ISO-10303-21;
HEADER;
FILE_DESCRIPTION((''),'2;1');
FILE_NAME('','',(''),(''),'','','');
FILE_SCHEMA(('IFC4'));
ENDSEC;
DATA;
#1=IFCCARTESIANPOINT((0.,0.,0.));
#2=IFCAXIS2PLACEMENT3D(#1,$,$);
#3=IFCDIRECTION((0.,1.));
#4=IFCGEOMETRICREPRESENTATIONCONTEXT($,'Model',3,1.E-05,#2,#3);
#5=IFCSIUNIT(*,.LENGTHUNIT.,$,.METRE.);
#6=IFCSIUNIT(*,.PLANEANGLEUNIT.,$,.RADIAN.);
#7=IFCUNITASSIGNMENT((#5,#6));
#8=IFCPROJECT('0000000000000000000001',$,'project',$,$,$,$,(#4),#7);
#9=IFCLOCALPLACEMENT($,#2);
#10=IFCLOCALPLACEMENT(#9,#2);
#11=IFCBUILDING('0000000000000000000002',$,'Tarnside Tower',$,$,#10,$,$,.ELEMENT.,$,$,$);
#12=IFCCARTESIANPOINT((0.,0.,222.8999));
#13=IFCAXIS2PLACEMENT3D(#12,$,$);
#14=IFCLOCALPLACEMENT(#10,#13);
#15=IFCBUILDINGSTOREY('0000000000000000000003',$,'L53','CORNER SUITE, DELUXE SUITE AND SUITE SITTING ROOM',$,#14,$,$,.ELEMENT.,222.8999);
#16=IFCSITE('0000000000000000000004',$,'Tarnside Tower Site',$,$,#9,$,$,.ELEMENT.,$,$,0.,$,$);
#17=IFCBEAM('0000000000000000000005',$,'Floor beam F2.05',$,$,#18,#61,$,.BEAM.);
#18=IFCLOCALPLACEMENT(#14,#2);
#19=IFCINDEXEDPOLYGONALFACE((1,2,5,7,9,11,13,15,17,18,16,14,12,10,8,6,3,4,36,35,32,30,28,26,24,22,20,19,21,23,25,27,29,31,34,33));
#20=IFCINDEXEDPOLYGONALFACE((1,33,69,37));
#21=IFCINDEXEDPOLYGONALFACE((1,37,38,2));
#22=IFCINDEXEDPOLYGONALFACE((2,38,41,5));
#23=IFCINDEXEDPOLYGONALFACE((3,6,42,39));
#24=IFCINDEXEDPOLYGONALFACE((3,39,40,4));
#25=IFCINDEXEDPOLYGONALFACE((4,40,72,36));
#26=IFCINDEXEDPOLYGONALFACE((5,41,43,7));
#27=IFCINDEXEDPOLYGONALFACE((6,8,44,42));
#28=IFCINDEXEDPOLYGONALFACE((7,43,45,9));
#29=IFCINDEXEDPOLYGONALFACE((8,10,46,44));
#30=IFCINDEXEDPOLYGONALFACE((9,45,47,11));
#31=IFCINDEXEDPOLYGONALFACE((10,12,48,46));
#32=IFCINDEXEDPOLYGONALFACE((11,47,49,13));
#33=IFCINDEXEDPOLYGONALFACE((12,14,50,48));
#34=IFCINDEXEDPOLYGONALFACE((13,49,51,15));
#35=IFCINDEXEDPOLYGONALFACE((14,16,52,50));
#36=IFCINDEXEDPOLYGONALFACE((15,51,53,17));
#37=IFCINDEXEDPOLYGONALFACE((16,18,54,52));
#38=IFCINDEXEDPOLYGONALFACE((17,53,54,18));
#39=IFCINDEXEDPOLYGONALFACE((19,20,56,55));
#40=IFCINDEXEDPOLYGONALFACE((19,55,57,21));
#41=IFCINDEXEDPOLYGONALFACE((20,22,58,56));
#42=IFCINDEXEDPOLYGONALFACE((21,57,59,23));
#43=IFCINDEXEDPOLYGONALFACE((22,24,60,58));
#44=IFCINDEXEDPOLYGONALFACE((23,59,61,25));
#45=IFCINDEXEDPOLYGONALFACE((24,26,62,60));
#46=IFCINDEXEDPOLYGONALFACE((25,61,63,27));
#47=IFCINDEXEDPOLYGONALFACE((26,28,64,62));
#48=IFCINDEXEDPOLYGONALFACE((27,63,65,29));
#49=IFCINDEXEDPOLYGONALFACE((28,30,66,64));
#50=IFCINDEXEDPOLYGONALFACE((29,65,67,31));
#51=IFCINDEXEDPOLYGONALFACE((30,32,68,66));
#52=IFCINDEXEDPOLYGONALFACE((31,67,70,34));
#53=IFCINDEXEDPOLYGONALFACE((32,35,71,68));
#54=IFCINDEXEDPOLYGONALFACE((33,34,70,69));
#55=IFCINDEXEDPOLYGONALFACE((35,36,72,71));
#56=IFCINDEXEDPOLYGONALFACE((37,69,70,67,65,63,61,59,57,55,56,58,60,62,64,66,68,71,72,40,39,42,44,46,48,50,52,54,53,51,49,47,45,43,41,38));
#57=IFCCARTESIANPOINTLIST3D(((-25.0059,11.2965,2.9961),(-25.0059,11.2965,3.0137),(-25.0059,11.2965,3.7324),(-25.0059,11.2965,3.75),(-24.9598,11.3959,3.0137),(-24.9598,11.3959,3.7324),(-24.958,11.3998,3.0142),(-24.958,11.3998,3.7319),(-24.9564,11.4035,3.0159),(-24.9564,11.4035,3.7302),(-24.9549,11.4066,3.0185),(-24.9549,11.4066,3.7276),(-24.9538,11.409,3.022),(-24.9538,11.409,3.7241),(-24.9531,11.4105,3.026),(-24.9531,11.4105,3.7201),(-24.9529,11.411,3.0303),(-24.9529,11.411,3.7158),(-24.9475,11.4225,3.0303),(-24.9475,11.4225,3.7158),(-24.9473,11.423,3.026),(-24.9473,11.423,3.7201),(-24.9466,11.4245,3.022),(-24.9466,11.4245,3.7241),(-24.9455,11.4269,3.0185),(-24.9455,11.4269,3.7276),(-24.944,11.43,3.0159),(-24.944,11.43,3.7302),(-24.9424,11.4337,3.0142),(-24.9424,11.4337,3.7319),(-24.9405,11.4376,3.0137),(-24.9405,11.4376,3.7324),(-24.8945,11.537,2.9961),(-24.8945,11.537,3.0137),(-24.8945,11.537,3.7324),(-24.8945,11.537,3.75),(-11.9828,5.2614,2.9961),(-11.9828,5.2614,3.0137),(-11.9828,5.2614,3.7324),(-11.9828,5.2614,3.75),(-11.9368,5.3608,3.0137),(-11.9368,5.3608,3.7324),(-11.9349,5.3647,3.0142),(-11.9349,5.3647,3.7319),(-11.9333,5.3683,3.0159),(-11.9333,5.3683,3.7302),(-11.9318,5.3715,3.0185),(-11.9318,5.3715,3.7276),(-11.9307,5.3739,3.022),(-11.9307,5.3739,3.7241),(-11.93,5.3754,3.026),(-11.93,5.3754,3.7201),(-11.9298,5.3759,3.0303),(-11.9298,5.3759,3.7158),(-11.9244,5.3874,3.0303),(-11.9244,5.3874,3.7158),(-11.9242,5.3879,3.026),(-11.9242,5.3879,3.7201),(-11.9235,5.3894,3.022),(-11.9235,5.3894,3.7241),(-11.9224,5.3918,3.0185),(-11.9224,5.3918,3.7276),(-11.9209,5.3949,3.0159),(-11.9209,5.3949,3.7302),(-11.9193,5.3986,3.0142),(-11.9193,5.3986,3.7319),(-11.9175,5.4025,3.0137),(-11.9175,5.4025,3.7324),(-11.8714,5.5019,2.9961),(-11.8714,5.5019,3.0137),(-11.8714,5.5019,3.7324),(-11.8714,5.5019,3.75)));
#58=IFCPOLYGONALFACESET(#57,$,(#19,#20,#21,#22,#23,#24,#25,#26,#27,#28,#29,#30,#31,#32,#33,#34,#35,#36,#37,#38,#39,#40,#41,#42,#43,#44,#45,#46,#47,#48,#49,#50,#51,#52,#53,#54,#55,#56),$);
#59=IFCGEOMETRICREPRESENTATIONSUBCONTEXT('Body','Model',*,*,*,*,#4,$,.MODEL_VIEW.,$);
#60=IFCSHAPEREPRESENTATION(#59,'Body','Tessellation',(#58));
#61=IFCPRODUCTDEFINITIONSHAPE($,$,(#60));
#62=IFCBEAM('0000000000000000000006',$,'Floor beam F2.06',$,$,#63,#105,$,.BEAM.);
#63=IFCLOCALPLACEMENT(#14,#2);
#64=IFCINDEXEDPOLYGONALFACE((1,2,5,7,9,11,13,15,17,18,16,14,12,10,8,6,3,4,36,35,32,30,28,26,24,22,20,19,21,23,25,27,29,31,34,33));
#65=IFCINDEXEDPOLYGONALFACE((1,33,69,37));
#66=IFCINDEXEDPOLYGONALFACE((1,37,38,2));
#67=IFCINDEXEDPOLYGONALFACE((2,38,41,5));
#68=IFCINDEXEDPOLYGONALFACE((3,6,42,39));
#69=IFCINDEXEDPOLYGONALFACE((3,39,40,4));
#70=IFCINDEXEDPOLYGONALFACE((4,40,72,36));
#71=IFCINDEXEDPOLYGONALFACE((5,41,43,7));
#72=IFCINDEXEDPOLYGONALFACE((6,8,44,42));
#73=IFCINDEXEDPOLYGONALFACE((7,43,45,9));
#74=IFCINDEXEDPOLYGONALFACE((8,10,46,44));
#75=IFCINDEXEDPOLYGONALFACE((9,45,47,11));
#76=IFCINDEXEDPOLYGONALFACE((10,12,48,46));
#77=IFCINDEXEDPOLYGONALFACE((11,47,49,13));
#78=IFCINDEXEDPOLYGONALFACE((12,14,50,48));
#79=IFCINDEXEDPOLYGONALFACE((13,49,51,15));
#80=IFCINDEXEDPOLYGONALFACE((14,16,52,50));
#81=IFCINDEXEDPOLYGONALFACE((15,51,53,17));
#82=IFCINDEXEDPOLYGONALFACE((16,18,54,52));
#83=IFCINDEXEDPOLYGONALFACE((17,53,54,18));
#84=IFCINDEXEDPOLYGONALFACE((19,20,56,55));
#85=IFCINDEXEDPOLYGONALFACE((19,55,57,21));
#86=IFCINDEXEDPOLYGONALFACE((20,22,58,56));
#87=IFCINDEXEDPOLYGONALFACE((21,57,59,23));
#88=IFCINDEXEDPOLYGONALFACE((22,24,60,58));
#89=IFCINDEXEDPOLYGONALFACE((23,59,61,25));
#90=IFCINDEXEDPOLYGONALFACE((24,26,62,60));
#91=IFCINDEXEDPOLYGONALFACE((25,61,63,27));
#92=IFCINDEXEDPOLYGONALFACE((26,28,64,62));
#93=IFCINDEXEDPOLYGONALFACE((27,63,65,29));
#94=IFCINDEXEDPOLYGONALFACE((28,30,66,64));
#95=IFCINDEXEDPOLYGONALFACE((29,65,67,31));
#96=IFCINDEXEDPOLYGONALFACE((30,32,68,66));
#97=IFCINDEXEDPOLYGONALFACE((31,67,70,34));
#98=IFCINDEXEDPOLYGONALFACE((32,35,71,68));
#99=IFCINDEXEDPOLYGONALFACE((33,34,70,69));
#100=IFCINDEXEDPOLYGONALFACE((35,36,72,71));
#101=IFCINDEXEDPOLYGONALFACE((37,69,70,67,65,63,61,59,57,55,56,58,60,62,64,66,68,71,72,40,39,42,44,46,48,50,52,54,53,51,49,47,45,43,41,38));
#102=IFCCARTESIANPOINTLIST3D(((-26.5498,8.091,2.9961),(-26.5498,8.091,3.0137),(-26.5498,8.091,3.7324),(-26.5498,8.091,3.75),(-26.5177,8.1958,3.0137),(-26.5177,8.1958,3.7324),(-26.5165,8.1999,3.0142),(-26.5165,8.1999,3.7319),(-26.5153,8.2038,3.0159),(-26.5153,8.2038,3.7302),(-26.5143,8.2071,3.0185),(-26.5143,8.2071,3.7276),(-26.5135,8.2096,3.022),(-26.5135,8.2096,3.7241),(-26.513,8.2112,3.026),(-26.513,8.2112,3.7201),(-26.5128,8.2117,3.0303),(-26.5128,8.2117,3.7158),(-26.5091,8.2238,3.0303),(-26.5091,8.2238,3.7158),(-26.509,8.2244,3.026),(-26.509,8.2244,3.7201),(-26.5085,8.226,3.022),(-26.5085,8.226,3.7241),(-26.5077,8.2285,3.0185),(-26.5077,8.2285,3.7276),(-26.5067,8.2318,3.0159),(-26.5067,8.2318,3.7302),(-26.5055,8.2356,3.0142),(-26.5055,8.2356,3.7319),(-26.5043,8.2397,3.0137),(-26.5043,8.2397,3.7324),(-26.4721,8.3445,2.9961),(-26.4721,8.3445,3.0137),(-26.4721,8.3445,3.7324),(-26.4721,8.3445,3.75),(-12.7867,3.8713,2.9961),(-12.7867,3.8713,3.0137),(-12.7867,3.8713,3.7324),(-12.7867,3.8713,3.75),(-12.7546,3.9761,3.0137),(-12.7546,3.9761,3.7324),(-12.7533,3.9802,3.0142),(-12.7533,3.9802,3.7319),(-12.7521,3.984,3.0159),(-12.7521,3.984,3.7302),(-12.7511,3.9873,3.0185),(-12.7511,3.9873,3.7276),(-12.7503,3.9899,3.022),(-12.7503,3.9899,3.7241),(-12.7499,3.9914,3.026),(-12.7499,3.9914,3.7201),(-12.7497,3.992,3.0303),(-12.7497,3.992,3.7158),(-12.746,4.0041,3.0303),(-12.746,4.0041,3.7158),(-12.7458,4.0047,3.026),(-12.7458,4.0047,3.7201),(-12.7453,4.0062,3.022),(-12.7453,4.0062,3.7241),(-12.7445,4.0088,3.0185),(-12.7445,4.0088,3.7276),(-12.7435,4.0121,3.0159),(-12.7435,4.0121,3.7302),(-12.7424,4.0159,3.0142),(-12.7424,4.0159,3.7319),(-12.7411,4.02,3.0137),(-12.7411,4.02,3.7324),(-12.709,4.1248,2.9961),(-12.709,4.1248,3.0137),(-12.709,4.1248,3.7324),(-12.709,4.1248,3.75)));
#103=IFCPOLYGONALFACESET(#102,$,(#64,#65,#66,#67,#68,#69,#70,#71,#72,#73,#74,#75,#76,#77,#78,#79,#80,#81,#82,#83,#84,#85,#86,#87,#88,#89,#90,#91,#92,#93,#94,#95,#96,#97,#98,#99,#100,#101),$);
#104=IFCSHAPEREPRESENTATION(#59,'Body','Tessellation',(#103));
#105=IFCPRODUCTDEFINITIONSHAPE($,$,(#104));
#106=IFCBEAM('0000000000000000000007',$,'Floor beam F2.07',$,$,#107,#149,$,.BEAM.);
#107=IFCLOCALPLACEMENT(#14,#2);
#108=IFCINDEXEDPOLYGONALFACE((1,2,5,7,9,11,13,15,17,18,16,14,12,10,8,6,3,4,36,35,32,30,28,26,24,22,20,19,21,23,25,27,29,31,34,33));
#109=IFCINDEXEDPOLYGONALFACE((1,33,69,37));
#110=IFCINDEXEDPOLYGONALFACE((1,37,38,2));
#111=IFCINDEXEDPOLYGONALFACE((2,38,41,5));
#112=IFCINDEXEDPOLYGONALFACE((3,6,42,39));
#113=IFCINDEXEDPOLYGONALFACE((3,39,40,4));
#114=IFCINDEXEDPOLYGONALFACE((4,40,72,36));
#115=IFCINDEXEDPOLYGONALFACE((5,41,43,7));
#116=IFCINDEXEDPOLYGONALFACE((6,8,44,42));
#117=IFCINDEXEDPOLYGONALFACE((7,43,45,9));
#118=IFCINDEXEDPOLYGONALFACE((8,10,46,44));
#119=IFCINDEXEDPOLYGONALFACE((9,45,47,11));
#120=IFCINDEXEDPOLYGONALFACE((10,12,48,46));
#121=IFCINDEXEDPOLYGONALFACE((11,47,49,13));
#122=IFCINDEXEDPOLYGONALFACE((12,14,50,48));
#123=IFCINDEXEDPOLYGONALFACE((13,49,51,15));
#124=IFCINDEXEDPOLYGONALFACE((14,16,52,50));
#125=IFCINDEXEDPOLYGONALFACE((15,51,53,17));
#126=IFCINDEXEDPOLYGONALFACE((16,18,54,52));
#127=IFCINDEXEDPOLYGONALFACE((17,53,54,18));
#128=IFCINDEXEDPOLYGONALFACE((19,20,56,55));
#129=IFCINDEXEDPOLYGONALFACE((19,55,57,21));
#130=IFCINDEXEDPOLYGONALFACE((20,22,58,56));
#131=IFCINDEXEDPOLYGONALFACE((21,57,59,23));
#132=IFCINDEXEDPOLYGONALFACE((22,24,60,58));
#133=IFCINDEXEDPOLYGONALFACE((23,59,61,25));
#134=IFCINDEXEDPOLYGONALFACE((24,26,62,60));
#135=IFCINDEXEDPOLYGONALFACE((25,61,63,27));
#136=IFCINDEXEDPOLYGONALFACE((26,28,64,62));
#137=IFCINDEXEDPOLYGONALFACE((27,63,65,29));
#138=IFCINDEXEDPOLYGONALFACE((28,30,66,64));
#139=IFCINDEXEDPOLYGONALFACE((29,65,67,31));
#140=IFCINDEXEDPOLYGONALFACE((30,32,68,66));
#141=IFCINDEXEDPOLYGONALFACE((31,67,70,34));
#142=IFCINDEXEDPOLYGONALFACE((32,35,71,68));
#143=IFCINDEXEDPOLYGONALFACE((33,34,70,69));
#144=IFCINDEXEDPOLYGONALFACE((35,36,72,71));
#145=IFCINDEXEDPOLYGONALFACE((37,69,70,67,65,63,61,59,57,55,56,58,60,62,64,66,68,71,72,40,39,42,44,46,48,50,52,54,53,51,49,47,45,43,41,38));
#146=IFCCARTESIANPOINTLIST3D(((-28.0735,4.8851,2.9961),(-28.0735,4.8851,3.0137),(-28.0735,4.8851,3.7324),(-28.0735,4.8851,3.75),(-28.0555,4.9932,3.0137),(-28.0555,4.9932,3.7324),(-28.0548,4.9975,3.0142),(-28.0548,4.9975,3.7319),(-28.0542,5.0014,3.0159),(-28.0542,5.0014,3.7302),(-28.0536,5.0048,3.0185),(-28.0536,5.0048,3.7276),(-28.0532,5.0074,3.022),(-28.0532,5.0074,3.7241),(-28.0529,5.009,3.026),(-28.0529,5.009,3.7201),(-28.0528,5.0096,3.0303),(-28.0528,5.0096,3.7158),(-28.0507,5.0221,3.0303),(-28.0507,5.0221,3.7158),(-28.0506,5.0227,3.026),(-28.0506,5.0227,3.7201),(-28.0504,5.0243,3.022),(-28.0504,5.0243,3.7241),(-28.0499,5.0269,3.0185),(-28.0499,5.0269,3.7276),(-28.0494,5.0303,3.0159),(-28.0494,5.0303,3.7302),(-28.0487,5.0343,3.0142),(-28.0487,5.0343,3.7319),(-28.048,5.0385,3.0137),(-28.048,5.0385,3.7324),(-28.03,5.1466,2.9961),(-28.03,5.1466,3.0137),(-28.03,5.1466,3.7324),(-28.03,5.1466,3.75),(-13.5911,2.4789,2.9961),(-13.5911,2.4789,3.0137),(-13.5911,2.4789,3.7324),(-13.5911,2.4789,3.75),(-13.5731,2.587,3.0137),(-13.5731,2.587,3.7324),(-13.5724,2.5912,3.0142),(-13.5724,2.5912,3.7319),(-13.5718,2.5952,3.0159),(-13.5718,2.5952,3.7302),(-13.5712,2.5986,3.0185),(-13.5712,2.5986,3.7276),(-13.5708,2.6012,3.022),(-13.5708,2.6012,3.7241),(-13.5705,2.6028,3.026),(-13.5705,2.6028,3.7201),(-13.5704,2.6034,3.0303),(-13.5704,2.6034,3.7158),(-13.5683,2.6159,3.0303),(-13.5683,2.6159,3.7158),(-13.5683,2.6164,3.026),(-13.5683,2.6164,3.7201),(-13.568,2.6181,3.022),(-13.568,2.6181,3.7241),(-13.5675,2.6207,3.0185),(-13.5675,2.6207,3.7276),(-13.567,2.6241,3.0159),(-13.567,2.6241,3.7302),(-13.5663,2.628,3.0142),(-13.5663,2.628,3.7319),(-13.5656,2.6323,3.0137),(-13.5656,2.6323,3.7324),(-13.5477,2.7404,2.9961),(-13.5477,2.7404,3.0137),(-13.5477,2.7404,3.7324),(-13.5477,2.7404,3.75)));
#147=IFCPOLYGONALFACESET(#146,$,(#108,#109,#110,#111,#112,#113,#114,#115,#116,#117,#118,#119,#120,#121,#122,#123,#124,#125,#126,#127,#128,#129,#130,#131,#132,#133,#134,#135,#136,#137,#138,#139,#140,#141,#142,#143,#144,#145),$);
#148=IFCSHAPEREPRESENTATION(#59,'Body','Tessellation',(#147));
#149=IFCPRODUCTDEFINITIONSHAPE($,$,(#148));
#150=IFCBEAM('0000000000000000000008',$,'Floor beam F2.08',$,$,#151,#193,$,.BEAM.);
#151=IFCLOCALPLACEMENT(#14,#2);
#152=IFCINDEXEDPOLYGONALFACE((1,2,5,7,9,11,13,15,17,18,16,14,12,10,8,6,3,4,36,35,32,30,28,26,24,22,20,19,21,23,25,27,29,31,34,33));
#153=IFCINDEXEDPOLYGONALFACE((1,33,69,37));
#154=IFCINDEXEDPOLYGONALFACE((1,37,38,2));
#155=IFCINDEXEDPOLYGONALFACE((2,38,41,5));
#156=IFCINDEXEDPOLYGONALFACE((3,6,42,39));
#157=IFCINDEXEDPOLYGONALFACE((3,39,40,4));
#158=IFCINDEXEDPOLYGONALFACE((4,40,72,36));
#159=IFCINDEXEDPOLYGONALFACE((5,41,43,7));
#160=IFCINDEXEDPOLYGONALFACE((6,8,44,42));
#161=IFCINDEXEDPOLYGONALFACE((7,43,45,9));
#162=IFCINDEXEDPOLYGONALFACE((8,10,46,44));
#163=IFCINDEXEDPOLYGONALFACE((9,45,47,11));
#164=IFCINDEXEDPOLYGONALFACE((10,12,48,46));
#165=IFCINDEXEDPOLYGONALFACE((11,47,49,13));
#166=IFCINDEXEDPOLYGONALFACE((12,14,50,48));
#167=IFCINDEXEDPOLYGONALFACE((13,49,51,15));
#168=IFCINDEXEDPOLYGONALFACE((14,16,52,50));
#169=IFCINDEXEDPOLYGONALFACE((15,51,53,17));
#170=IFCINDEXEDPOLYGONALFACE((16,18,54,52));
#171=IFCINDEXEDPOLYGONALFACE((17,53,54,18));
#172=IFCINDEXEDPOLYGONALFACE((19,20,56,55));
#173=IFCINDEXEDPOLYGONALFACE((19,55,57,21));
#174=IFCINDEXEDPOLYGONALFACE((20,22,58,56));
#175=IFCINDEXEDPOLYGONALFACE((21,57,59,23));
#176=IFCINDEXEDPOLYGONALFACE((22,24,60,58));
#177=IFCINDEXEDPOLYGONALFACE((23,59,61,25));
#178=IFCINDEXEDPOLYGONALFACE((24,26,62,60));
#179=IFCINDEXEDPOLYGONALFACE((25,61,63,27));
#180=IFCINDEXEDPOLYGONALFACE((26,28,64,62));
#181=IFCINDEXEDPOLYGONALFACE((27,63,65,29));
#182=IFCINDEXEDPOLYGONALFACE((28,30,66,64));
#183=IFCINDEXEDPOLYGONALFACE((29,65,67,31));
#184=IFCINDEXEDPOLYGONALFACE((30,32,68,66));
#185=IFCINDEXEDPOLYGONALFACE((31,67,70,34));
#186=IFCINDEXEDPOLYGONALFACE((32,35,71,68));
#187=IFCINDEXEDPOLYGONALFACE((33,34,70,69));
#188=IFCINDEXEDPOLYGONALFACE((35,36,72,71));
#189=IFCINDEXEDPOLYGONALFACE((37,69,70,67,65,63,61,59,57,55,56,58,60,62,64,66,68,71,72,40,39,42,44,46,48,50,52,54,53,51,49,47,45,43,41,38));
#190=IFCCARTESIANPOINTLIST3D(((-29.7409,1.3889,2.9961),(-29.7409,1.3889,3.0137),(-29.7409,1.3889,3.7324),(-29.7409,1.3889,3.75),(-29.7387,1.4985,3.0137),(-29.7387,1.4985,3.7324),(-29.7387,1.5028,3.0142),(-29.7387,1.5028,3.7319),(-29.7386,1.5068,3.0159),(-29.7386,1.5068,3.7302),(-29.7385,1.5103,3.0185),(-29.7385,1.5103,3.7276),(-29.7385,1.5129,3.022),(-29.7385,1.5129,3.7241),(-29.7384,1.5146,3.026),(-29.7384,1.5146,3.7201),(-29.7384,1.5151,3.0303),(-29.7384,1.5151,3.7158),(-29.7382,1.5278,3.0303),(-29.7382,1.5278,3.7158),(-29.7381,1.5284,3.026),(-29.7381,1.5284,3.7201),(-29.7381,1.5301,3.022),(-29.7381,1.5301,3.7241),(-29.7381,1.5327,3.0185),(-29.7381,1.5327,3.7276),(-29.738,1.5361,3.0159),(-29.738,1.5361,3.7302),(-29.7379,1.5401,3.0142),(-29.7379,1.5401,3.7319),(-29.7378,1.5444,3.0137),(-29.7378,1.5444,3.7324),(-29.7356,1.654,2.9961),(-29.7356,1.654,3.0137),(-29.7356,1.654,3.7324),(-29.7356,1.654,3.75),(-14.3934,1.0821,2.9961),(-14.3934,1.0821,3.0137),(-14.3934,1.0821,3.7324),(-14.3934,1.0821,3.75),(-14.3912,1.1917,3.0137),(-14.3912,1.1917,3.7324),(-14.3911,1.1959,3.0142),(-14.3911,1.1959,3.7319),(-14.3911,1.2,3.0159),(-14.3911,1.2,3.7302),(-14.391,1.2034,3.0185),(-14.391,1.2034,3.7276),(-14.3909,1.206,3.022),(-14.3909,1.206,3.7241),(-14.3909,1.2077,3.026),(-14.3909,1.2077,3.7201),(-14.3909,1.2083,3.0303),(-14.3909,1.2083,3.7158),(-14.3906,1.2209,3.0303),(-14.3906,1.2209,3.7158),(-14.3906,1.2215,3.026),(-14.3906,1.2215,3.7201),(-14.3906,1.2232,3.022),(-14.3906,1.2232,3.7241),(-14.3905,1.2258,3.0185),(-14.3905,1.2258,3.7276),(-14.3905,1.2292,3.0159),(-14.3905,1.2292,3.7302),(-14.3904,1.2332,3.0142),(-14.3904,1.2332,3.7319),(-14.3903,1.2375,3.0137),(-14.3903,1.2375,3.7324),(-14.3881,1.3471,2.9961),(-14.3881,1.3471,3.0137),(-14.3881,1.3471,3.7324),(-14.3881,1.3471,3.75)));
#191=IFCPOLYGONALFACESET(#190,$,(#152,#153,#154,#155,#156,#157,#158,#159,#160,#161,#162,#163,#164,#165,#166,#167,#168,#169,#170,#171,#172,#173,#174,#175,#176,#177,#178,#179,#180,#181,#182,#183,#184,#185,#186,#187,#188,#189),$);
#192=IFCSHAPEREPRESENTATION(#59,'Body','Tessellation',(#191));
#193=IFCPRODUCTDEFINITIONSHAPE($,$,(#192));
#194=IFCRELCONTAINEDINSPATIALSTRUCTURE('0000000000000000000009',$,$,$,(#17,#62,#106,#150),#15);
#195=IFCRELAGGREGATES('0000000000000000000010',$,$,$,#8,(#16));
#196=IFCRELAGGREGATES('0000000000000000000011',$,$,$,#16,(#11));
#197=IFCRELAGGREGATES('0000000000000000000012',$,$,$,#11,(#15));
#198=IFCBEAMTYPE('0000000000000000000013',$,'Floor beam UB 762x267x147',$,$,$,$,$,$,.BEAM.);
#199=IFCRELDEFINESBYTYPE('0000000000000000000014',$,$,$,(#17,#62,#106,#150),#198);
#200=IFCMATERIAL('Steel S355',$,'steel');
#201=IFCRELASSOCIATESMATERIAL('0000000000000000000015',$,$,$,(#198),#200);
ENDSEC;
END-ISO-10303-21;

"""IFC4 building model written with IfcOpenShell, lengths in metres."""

from ifc_helpers import new_model, si_unit, direction, frame, origin, origin_2d, place, context, subcontext, project, spatial, i_section, extrude, material, material_profile, profile_set, type_object, element, save


model = new_model("IFC4")

# Units and contexts
model_context = context("Model", 3, precision=1e-05, world=origin(), true_north=direction((0.0, 1.0)))
body_context = subcontext(model_context, "Body", "Model", "MODEL_VIEW")
ifc_project = project(units=[si_unit("LENGTHUNIT", "METRE"), si_unit("PLANEANGLEUNIT", "RADIAN")], contexts=[model_context])

# Site, building, storey
site_placement = place(None, origin())
site = spatial("IfcSite", under=ifc_project, at=site_placement, Name="Tarnside Tower Site", CompositionType="ELEMENT", RefElevation=0.0)
building_placement = place(site_placement, origin())
building = spatial("IfcBuilding", under=site, at=building_placement, Name="Tarnside Tower", CompositionType="ELEMENT")
storey_placement = place(building_placement, frame((0.0, 0.0, 222.8999)))
storey = spatial("IfcBuildingStorey", under=building, at=storey_placement, Name="L53", Description="CORNER SUITE, DELUXE SUITE AND SUITE SITTING ROOM", CompositionType="ELEMENT", Elevation=222.8999)

# Beams
ifc_material_1 = material(Name="Steel S355", Category="steel")
ifc_material_profile = material_profile(ifc_material_1, i_section(OverallWidth=0.2651, OverallDepth=0.7539, WebThickness=0.0127, FlangeThickness=0.0176, FilletRadius=0.0166, at=origin_2d()), Name="UB 762x267x147")
ifc_profile_set = profile_set([ifc_material_profile], Name="Steel S355")
beam_type = type_object("IfcBeamType", Name="Floor beam UB 762x267x147", PredefinedType="BEAM", material=ifc_profile_set)
beam_1_placement = place(storey_placement, frame((-24.9502, 11.4167, 3.373), z_axis=(0.90731, -0.420462, 0.0), x_axis=(0.420462, 0.90731, 0.0)))
element("IfcBeam", 1, at=beam_1_placement, inside=storey, type_object=beam_type, Name="Floor beam F2.05", PredefinedType="BEAM", context=body_context, shape_type="SweptSolid", body=[
    extrude(i_section(OverallWidth=0.2651, OverallDepth=0.7539, WebThickness=0.0127, FlangeThickness=0.0176, FilletRadius=0.0166, at=origin_2d()), origin(), (0.0, 0.0, 1.0), 14.3535),
])
beam_2_placement = place(storey_placement, frame((-26.511, 8.2178, 3.373), z_axis=(0.956073, -0.293128, 0.0), x_axis=(0.293128, 0.956073, 0.0)))
element("IfcBeam", 2, at=beam_2_placement, inside=storey, type_object=beam_type, Name="Floor beam F2.06", PredefinedType="BEAM", context=body_context, shape_type="SweptSolid", body=[
    extrude(i_section(OverallWidth=0.2651, OverallDepth=0.7539, WebThickness=0.0127, FlangeThickness=0.0176, FilletRadius=0.0166, at=origin_2d()), origin(), (0.0, 0.0, 1.0), 14.3955),
])
beam_3_placement = place(storey_placement, frame((-28.0518, 5.0159, 3.373), z_axis=(0.986476, -0.163903, 0.0), x_axis=(0.163903, 0.986476, 0.0)))
element("IfcBeam", 3, at=beam_3_placement, inside=storey, type_object=beam_type, Name="Floor beam F2.07", PredefinedType="BEAM", context=body_context, shape_type="SweptSolid", body=[
    extrude(i_section(OverallWidth=0.2651, OverallDepth=0.7539, WebThickness=0.0127, FlangeThickness=0.0176, FilletRadius=0.0166, at=origin_2d()), origin(), (0.0, 0.0, 1.0), 14.6809),
])
beam_4_placement = place(storey_placement, frame((-29.7383, 1.5215, 3.373), z_axis=(0.9998, -0.019992, 0.0), x_axis=(0.019992, 0.9998, 0.0)))
element("IfcBeam", 4, at=beam_4_placement, inside=storey, type_object=beam_type, Name="Floor beam F2.08", PredefinedType="BEAM", context=body_context, shape_type="SweptSolid", body=[
    extrude(i_section(OverallWidth=0.2651, OverallDepth=0.7539, WebThickness=0.0127, FlangeThickness=0.0176, FilletRadius=0.0166, at=origin_2d()), origin(), (0.0, 0.0, 1.0), 15.3506),
])

save(model, "model.ifc")
